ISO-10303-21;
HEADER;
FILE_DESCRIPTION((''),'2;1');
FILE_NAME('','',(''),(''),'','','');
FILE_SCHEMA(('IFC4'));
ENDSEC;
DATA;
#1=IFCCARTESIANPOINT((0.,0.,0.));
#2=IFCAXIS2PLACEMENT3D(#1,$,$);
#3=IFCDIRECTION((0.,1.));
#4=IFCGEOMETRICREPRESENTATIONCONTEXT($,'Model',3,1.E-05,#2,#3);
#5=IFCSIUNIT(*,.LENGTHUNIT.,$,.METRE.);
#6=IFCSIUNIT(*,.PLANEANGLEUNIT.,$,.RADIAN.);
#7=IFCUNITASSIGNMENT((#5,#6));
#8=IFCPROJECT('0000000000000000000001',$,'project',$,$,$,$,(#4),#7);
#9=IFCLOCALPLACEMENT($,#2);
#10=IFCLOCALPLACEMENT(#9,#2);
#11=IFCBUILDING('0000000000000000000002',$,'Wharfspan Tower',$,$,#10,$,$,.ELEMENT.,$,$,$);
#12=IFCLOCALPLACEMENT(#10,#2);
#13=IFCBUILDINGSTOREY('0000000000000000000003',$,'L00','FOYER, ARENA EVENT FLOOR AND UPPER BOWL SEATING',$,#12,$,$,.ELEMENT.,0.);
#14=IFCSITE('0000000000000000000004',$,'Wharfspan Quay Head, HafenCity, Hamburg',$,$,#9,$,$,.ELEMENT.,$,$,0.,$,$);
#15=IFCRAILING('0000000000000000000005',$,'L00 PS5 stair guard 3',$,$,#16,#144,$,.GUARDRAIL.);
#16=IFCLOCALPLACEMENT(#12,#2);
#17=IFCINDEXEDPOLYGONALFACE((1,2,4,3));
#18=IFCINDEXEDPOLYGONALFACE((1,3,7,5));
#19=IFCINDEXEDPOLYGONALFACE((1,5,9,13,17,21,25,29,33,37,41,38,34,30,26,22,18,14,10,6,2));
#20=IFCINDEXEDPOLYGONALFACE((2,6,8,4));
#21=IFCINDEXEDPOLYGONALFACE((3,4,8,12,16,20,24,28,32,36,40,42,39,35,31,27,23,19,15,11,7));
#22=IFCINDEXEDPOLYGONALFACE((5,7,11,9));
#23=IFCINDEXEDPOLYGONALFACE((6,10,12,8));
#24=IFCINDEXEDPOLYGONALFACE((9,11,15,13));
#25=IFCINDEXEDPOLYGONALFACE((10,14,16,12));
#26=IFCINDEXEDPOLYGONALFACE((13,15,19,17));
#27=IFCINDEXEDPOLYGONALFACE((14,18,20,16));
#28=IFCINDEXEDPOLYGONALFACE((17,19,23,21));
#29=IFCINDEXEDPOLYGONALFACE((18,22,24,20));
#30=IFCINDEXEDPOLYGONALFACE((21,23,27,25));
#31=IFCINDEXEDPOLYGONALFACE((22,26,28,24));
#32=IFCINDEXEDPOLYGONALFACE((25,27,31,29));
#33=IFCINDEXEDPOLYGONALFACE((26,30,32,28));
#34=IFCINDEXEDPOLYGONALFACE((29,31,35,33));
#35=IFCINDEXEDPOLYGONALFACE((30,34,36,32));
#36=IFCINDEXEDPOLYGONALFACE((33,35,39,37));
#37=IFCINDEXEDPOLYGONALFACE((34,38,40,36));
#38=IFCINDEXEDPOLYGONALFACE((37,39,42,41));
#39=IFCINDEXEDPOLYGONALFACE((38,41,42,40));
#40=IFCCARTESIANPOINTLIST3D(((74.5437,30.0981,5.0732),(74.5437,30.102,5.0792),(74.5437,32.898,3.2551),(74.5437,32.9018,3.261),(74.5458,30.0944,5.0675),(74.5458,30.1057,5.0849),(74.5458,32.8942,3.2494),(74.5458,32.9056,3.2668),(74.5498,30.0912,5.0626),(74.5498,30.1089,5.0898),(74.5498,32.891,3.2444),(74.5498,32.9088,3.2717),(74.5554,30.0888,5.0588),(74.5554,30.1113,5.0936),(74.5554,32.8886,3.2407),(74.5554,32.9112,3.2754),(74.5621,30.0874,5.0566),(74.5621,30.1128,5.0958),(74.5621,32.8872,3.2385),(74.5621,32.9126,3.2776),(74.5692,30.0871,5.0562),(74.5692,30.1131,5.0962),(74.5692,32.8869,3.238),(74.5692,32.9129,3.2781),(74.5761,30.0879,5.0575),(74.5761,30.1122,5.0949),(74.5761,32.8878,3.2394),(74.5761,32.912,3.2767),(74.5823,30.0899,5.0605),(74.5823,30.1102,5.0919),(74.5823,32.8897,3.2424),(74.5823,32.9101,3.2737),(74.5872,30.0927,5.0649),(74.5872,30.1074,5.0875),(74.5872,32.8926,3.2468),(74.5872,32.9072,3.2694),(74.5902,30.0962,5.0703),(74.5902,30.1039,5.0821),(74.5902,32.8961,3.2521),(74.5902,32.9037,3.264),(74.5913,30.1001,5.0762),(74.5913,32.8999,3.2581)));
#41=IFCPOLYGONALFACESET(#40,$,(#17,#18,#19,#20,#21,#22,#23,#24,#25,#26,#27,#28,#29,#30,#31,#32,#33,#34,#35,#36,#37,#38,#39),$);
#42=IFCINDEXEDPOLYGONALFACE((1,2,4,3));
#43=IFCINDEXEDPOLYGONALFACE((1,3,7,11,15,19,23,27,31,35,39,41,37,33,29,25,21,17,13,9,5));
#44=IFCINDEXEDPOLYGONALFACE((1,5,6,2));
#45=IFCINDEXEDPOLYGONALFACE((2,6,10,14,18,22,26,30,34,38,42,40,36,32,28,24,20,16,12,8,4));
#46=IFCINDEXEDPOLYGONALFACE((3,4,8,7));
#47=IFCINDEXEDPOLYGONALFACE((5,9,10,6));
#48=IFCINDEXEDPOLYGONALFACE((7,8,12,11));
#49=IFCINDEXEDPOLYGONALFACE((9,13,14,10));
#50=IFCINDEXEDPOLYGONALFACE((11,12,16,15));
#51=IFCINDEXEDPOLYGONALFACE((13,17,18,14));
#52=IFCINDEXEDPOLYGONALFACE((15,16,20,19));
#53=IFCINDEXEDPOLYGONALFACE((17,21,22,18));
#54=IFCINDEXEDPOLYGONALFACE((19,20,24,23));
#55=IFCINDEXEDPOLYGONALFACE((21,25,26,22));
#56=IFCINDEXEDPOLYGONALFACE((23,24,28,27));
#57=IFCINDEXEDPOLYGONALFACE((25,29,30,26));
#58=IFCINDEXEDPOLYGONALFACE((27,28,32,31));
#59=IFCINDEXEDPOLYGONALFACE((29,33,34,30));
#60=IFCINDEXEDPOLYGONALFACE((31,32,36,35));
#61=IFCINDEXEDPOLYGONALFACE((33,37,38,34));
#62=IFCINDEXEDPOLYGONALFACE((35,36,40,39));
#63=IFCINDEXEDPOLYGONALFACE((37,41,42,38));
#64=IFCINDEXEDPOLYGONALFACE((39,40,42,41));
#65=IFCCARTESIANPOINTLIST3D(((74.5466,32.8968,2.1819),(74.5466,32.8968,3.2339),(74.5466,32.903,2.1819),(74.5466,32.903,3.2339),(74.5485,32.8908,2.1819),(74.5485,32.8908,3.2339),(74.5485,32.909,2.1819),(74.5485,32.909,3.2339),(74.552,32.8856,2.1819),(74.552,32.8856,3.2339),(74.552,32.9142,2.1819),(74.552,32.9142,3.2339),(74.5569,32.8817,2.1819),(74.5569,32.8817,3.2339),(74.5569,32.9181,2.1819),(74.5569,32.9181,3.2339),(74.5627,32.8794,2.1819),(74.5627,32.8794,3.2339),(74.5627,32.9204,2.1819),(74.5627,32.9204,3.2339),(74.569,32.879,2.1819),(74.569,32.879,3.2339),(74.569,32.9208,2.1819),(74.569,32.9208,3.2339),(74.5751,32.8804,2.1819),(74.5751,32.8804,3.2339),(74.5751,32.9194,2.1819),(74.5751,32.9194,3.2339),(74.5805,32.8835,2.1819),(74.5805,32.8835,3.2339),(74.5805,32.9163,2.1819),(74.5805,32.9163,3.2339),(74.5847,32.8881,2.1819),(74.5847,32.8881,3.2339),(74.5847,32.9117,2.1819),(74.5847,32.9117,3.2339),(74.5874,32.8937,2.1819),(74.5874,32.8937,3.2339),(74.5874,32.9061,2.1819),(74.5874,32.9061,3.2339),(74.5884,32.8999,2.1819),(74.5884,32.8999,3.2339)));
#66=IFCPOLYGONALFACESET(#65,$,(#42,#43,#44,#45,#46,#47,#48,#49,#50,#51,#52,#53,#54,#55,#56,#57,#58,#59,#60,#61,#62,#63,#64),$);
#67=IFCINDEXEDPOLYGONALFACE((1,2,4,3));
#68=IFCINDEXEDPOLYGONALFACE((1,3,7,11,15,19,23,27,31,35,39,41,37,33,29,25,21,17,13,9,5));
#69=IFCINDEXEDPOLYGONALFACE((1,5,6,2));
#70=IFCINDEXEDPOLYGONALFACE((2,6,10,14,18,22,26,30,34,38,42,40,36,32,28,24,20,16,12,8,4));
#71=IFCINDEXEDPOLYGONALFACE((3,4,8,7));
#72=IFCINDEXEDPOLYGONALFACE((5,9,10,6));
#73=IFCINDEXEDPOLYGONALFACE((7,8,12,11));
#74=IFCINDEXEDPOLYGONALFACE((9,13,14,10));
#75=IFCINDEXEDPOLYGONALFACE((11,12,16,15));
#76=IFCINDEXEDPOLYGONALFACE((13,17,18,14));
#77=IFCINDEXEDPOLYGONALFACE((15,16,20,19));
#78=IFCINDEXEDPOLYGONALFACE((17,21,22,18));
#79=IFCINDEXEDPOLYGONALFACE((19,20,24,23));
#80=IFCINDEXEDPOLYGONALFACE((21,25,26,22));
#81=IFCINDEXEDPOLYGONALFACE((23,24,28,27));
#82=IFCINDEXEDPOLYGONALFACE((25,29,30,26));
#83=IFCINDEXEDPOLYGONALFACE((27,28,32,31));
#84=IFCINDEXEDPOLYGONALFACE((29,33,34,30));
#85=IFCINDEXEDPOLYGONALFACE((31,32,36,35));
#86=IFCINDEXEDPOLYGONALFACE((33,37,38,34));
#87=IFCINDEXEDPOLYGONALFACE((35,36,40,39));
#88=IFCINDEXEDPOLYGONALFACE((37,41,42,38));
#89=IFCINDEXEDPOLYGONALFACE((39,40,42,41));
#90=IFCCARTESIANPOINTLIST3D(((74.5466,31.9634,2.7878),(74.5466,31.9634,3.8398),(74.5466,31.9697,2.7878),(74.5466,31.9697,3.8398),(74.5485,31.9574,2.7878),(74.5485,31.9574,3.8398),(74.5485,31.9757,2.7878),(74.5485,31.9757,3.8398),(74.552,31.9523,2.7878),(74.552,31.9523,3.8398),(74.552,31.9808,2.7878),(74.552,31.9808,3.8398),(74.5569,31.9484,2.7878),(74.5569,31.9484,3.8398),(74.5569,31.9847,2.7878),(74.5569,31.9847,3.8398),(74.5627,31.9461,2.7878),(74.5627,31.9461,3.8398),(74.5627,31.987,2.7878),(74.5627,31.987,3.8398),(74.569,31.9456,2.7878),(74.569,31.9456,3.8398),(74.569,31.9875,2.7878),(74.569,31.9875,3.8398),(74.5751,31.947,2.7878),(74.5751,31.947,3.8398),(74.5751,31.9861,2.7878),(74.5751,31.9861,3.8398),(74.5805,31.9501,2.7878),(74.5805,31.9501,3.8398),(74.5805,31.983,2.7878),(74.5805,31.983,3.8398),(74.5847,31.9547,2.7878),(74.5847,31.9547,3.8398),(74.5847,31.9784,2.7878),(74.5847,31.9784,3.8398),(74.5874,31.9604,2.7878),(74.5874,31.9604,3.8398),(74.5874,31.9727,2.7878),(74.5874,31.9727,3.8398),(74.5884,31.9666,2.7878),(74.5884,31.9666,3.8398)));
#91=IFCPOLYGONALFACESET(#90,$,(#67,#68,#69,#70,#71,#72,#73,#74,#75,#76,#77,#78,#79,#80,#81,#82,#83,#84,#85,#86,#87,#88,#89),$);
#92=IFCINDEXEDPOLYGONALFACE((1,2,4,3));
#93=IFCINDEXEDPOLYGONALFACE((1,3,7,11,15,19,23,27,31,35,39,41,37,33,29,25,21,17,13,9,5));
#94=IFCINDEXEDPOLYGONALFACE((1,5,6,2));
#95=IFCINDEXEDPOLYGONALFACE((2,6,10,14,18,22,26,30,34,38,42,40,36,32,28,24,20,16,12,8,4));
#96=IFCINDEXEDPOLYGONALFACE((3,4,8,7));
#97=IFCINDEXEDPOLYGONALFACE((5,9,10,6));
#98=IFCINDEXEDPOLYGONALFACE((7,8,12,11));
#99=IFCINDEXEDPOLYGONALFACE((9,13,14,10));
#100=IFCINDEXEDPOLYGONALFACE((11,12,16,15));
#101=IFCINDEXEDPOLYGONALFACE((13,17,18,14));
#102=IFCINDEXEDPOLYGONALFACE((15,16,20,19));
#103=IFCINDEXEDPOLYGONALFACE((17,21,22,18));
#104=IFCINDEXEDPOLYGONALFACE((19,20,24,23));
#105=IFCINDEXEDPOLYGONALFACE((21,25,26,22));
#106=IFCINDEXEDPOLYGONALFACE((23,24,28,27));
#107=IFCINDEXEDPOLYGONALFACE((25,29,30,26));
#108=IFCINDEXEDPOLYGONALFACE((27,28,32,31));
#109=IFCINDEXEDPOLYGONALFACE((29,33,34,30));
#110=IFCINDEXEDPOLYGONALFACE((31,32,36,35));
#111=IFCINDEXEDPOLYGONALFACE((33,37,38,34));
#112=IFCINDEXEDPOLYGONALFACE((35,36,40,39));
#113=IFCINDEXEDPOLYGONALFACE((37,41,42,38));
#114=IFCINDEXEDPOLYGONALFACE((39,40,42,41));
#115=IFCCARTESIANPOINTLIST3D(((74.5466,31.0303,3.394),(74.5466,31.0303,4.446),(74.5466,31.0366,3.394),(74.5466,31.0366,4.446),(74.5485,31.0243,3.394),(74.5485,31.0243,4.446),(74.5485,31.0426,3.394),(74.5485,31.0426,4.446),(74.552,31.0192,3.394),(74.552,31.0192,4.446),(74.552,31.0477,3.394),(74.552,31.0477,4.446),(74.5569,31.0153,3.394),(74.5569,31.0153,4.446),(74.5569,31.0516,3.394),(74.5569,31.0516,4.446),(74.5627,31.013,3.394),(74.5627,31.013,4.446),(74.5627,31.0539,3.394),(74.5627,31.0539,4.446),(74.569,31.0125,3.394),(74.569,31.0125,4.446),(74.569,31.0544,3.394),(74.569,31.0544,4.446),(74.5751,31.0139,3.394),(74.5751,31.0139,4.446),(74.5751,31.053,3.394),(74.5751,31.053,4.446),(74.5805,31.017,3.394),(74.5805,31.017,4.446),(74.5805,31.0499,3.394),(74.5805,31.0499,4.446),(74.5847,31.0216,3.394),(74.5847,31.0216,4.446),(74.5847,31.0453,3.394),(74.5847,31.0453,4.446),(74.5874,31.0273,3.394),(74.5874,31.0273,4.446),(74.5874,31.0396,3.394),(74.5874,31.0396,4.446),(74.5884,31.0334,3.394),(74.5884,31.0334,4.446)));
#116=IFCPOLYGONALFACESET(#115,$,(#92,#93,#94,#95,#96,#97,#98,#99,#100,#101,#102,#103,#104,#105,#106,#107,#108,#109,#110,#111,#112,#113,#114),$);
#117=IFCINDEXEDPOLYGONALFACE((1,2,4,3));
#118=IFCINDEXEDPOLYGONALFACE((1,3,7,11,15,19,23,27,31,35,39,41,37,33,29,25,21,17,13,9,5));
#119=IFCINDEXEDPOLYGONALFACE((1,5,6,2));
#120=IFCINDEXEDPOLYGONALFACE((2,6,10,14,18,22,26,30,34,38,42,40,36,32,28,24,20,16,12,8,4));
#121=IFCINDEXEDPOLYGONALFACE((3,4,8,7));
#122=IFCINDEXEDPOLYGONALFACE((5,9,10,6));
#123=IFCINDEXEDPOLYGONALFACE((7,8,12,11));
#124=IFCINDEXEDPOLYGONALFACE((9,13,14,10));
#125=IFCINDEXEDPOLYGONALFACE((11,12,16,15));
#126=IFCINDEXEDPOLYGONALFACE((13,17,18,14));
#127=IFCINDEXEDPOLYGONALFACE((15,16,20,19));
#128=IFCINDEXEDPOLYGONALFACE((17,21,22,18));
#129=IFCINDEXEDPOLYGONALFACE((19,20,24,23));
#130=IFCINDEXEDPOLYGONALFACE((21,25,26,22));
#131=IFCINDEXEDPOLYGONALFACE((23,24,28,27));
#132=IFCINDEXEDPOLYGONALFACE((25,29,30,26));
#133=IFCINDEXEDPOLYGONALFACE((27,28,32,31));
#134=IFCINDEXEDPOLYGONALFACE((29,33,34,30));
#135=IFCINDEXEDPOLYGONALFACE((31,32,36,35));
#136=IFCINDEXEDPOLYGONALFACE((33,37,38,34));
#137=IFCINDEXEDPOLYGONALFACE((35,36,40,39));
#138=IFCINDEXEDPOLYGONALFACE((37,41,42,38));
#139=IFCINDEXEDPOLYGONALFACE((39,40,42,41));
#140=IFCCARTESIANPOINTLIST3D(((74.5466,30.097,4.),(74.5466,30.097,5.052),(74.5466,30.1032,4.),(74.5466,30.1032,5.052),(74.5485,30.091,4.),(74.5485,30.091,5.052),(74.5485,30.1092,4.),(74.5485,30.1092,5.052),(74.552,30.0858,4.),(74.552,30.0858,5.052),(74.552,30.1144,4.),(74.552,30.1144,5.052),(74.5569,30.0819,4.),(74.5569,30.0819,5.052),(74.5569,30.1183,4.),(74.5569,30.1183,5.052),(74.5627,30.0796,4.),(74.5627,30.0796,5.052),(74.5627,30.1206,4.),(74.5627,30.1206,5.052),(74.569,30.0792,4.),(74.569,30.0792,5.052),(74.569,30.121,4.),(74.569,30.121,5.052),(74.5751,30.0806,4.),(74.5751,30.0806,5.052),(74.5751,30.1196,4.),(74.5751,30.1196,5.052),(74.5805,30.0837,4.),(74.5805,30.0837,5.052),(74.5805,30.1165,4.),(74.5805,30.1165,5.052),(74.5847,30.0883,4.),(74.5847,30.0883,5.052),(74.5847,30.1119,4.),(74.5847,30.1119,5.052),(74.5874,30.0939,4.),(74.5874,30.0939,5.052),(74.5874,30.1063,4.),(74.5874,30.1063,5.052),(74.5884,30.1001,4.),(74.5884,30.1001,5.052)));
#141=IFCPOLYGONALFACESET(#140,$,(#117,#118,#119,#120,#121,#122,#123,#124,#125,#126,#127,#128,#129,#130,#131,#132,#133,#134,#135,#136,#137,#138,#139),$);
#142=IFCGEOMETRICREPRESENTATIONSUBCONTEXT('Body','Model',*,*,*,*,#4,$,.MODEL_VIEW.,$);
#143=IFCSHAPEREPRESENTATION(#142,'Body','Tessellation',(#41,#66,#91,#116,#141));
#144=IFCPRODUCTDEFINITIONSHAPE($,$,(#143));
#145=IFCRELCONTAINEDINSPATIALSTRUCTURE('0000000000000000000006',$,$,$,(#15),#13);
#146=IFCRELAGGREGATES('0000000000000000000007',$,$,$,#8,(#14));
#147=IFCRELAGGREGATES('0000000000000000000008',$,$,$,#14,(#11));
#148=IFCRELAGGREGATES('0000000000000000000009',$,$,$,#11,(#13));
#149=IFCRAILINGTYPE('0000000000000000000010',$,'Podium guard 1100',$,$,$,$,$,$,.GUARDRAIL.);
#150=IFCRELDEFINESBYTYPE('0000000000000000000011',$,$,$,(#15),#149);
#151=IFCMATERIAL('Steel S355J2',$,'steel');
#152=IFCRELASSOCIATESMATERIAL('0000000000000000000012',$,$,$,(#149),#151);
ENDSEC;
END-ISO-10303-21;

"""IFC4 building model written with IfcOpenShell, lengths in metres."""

from ifc_helpers import new_model, si_unit, direction, frame, origin, origin_2d, place, context, subcontext, project, spatial, circle, extrude, material, type_object, element, save


model = new_model("IFC4")

# Units and contexts
model_context = context("Model", 3, precision=1e-05, world=origin(), true_north=direction((0.0, 1.0)))
body_context = subcontext(model_context, "Body", "Model", "MODEL_VIEW")
ifc_project = project(units=[si_unit("LENGTHUNIT", "METRE"), si_unit("PLANEANGLEUNIT", "RADIAN")], contexts=[model_context])

# Site, building, storey
site_placement = place(None, origin())
site = spatial("IfcSite", under=ifc_project, at=site_placement, Name="Wharfspan Quay Head, HafenCity, Hamburg", CompositionType="ELEMENT", RefElevation=0.0)
building_placement = place(site_placement, origin())
building = spatial("IfcBuilding", under=site, at=building_placement, Name="Wharfspan Tower", CompositionType="ELEMENT")
storey_placement = place(building_placement, origin())
storey = spatial("IfcBuildingStorey", under=building, at=storey_placement, Name="L00", Description="FOYER, ARENA EVENT FLOOR AND UPPER BOWL SEATING", CompositionType="ELEMENT", Elevation=0.0)

# Shared definitions
ifc_material_1 = material(Name="Steel S355J2", Category="steel")

# Railing
railing_type_1 = type_object("IfcRailingType", Name="Podium guard 1100", PredefinedType="GUARDRAIL", material=ifc_material_1)
railing_1_placement = place(storey_placement, frame((74.5674, 32.8999, 2.1819)))
element("IfcRailing", 1, at=railing_1_placement, inside=storey, type_object=railing_type_1, Name="L00 PS5 stair guard 3", PredefinedType="GUARDRAIL", context=body_context, shape_type="SweptSolid", body=[
    extrude(circle(Radius=0.0239, at=origin_2d()), frame((0.0, 0.0, 1.0762), z_axis=(0.0, -0.838684, 0.544618), x_axis=(1.0, 0.0, 0.0)), (0.0, 0.0, 1.0), 3.3384),
    extrude(circle(Radius=0.021, at=origin_2d()), origin(), (0.0, 0.0, 1.0), 1.052),
    extrude(circle(Radius=0.021, at=origin_2d()), frame((0.0, -0.9334, 0.606)), (0.0, 0.0, 1.0), 1.052),
    extrude(circle(Radius=0.021, at=origin_2d()), frame((0.0, -1.8665, 1.2122)), (0.0, 0.0, 1.0), 1.052),
    extrude(circle(Radius=0.021, at=origin_2d()), frame((0.0, -2.7998, 1.8181)), (0.0, 0.0, 1.0), 1.052),
])

save(model, "model.ifc")
